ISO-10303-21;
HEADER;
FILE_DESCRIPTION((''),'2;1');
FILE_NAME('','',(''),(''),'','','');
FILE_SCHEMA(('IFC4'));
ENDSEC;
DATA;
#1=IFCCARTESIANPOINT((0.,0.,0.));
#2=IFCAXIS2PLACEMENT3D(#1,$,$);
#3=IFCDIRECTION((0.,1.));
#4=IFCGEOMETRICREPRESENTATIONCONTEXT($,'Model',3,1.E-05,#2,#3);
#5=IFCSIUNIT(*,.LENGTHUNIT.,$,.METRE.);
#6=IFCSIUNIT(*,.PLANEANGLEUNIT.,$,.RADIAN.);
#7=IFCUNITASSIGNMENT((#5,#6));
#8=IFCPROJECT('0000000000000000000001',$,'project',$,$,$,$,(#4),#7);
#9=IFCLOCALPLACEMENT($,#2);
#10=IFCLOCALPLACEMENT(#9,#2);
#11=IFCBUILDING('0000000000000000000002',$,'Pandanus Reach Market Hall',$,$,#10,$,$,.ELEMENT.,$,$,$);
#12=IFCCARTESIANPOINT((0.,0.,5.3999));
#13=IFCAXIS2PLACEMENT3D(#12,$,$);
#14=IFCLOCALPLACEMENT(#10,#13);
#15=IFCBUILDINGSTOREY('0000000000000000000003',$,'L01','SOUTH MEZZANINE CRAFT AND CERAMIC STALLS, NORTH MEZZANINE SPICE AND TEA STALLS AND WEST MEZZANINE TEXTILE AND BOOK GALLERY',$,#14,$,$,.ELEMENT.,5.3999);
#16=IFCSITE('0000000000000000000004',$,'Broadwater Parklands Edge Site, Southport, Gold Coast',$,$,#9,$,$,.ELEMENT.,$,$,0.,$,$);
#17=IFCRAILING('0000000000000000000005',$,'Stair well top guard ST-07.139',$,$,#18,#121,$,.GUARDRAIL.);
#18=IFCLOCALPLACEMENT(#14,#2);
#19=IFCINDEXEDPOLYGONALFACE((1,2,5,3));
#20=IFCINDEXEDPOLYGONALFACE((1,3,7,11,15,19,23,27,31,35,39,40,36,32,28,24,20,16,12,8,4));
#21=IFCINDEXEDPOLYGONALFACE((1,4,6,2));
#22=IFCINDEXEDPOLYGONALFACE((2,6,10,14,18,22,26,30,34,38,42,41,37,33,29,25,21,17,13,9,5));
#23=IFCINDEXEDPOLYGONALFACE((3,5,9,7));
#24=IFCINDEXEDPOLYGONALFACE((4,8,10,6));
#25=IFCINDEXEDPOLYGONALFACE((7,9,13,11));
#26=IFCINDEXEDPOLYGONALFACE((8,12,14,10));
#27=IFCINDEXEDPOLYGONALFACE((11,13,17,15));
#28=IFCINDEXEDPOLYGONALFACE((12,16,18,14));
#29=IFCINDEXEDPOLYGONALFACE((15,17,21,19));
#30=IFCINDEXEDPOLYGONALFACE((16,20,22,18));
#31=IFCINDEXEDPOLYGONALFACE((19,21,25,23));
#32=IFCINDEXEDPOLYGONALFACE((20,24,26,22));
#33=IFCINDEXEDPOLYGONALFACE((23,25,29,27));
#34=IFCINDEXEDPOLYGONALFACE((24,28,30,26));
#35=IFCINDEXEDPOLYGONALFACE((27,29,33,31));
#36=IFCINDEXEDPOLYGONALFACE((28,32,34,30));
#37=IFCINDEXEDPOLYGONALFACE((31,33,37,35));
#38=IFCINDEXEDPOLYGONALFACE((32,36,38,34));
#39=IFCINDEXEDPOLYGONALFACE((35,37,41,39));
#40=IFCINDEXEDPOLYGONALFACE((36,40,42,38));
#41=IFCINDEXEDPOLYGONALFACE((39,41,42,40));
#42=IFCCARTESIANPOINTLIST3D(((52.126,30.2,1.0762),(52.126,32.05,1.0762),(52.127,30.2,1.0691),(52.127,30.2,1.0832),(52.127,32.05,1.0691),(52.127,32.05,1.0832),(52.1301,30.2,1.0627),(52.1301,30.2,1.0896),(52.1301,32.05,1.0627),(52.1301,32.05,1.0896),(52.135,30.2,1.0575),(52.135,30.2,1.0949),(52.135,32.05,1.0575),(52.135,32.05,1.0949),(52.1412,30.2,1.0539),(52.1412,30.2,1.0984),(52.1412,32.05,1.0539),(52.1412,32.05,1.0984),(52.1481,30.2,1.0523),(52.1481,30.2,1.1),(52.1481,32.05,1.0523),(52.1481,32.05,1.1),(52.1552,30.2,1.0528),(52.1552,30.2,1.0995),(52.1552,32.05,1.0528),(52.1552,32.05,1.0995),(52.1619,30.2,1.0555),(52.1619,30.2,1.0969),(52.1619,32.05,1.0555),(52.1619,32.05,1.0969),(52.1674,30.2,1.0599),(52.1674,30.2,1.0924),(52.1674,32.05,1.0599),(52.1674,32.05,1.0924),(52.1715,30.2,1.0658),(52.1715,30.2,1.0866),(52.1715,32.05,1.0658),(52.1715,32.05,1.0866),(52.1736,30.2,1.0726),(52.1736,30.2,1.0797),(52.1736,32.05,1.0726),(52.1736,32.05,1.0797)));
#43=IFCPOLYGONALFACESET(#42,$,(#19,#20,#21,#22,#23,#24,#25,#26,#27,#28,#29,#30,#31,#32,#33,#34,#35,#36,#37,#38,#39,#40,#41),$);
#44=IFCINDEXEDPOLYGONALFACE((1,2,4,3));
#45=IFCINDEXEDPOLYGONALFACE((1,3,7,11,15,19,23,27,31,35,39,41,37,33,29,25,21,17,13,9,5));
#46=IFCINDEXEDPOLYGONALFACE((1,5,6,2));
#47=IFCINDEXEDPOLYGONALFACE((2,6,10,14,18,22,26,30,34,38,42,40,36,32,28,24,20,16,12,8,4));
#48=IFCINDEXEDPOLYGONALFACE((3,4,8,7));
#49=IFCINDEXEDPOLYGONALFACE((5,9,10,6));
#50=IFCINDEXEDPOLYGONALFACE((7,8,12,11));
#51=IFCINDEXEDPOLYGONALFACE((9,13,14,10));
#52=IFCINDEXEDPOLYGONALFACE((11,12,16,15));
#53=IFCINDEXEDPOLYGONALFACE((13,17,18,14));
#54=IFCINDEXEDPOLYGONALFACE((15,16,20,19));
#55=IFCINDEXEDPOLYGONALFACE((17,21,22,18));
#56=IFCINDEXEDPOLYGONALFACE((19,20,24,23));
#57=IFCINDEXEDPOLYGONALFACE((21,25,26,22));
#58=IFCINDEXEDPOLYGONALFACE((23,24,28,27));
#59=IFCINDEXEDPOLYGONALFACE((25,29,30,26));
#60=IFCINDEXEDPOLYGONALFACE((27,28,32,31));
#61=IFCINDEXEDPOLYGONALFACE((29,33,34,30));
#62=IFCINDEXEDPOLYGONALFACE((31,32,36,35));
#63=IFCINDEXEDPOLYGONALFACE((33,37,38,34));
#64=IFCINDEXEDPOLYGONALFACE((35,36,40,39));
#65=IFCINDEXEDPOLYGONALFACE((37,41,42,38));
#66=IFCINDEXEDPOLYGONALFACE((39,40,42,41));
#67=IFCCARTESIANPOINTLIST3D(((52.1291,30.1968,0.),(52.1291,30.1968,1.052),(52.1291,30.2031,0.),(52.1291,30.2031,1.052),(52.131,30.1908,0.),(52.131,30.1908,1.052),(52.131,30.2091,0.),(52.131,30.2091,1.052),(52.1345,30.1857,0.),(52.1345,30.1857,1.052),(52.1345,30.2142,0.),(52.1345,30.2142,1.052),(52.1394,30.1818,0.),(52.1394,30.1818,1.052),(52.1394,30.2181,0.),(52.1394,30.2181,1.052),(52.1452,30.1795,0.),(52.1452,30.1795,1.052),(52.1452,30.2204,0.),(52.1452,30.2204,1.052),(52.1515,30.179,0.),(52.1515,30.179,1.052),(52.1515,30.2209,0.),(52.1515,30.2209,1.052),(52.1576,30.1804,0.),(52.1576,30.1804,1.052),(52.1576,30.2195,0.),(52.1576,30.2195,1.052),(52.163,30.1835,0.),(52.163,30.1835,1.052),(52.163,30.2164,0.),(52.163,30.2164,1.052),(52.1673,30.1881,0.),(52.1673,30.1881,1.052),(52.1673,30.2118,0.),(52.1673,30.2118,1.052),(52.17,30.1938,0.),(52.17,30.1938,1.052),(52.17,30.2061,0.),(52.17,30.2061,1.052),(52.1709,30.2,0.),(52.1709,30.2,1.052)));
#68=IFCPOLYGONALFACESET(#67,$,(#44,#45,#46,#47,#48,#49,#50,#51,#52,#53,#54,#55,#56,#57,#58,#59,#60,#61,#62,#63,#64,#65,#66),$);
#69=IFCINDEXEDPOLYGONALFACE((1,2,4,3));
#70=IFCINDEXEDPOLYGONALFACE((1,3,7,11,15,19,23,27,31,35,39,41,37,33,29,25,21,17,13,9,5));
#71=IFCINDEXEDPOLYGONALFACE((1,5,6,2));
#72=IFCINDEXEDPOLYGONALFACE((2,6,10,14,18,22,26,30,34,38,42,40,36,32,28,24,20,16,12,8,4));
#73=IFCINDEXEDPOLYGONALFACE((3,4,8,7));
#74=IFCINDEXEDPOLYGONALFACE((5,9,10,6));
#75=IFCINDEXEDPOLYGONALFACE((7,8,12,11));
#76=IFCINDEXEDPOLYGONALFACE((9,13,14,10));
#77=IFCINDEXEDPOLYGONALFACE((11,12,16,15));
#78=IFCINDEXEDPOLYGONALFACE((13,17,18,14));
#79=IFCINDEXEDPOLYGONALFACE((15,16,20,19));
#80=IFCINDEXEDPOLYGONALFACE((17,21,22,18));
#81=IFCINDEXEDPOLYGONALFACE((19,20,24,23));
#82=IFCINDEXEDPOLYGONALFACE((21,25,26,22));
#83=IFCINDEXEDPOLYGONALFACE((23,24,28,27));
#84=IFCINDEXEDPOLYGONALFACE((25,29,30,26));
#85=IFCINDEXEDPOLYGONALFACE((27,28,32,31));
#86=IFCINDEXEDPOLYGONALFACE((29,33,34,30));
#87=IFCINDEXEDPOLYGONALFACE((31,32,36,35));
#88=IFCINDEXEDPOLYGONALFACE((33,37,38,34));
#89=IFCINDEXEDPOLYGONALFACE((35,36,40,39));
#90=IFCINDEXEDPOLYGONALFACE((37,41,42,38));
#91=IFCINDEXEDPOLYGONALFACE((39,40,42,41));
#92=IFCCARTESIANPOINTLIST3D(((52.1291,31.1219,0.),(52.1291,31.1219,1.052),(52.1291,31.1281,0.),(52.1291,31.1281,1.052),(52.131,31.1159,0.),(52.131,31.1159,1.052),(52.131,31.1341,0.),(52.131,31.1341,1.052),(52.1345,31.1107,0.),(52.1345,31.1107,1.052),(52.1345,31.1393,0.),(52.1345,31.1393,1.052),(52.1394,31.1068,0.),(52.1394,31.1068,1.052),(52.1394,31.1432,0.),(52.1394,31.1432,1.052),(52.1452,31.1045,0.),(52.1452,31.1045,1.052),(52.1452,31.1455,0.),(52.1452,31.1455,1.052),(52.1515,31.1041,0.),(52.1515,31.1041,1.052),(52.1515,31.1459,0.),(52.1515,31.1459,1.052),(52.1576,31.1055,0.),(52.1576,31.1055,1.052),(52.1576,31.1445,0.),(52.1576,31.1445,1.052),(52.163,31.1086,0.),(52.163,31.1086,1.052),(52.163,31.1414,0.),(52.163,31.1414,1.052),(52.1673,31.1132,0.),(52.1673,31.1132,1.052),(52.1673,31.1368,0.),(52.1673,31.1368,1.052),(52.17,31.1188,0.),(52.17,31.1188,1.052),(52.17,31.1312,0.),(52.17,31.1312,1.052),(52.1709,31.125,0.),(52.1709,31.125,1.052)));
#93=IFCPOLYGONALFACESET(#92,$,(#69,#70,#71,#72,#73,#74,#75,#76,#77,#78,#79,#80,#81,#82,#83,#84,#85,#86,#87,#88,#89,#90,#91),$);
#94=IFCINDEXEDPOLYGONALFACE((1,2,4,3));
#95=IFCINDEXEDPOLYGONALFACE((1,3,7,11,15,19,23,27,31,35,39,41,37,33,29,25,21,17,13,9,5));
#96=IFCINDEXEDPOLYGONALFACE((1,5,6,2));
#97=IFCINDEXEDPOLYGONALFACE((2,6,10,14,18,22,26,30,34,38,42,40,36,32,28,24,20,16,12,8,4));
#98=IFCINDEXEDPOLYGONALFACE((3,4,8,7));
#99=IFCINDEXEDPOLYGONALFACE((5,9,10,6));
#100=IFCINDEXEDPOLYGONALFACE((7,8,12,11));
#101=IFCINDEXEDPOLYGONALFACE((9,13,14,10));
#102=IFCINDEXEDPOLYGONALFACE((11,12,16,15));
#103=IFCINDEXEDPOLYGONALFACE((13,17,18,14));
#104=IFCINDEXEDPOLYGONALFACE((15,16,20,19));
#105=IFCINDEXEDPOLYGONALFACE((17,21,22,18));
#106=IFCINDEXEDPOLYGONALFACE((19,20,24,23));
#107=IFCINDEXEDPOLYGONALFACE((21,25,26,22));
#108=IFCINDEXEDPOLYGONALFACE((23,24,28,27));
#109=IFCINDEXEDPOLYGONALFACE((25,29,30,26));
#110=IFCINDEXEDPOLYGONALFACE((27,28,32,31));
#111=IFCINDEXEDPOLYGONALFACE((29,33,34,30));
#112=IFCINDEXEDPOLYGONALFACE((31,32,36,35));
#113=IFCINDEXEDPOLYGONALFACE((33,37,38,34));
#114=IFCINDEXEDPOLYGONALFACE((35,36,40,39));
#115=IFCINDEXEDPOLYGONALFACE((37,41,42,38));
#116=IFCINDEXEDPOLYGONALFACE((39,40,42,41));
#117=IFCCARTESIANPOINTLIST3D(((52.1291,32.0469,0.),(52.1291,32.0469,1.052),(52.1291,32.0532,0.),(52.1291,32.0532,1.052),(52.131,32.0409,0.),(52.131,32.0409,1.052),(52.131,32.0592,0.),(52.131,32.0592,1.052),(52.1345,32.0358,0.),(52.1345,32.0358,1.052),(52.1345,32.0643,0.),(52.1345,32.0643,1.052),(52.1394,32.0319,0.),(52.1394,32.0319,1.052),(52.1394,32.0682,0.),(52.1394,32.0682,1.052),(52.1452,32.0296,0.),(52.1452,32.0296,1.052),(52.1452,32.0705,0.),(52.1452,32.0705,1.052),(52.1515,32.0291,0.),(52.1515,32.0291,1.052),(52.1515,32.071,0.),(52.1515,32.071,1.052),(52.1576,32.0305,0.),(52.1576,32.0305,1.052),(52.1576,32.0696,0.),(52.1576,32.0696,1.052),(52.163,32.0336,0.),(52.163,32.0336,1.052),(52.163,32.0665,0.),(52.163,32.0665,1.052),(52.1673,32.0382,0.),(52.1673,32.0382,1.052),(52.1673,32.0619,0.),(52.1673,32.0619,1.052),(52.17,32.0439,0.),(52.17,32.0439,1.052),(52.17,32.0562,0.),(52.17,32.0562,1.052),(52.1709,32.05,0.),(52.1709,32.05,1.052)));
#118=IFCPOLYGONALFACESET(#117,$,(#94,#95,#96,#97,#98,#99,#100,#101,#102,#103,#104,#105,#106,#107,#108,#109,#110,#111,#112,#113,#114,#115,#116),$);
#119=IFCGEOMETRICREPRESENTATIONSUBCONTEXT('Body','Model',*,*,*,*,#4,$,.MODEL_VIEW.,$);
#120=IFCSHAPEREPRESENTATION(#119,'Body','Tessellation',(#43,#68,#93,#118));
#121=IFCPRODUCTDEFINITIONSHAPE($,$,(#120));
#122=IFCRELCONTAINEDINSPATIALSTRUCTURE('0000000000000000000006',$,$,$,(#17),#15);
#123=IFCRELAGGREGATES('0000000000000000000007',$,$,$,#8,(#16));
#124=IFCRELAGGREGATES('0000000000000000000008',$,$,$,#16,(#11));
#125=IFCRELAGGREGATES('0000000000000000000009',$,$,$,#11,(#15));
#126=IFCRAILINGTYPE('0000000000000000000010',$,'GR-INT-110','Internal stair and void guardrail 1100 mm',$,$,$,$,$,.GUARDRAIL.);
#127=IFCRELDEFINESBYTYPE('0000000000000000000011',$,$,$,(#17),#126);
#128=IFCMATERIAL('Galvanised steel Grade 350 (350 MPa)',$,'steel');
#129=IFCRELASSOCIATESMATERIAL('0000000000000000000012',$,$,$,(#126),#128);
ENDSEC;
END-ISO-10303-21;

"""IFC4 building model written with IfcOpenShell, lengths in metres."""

from ifc_helpers import new_model, si_unit, direction, frame, origin, origin_2d, place, context, subcontext, project, spatial, circle, extrude, material, type_object, element, save


model = new_model("IFC4")

# Units and contexts
model_context = context("Model", 3, precision=1e-05, world=origin(), true_north=direction((0.0, 1.0)))
body_context = subcontext(model_context, "Body", "Model", "MODEL_VIEW")
ifc_project = project(units=[si_unit("LENGTHUNIT", "METRE"), si_unit("PLANEANGLEUNIT", "RADIAN")], contexts=[model_context])

# Site, building, storey
site_placement = place(None, origin())
site = spatial("IfcSite", under=ifc_project, at=site_placement, Name="Broadwater Parklands Edge Site, Southport, Gold Coast", CompositionType="ELEMENT", RefElevation=0.0)
building_placement = place(site_placement, origin())
building = spatial("IfcBuilding", under=site, at=building_placement, Name="Pandanus Reach Market Hall", CompositionType="ELEMENT")
storey_placement = place(building_placement, frame((0.0, 0.0, 5.3999)))
storey = spatial("IfcBuildingStorey", under=building, at=storey_placement, Name="L01", Description="SOUTH MEZZANINE CRAFT AND CERAMIC STALLS, NORTH MEZZANINE SPICE AND TEA STALLS AND WEST MEZZANINE TEXTILE AND BOOK GALLERY", CompositionType="ELEMENT", Elevation=5.3999)

# Railing
ifc_material_1 = material(Name="Galvanised steel Grade 350 (350 MPa)", Category="steel")
railing_type = type_object("IfcRailingType", Name="GR-INT-110", Description="Internal stair and void guardrail 1100 mm", PredefinedType="GUARDRAIL", material=ifc_material_1)
railing_placement = place(storey_placement, frame((52.1499, 30.2, 0.0)))
element("IfcRailing", 1, at=railing_placement, inside=storey, type_object=railing_type, Name="Stair well top guard ST-07.139", PredefinedType="GUARDRAIL", context=body_context, shape_type="SweptSolid", body=[
    extrude(circle(Radius=0.0239, at=origin_2d()), frame((0.0, 0.0, 1.0762), z_axis=(0.0, 1.0, 0.0), x_axis=(-1.0, 0.0, 0.0)), (0.0, 0.0, 1.0), 1.8501),
    extrude(circle(Radius=0.021, at=origin_2d()), origin(), (0.0, 0.0, 1.0), 1.052),
    extrude(circle(Radius=0.021, at=origin_2d()), frame((0.0, 0.925, 0.0)), (0.0, 0.0, 1.0), 1.052),
    extrude(circle(Radius=0.021, at=origin_2d()), frame((0.0, 1.8501, 0.0)), (0.0, 0.0, 1.0), 1.052),
])

save(model, "model.ifc")
